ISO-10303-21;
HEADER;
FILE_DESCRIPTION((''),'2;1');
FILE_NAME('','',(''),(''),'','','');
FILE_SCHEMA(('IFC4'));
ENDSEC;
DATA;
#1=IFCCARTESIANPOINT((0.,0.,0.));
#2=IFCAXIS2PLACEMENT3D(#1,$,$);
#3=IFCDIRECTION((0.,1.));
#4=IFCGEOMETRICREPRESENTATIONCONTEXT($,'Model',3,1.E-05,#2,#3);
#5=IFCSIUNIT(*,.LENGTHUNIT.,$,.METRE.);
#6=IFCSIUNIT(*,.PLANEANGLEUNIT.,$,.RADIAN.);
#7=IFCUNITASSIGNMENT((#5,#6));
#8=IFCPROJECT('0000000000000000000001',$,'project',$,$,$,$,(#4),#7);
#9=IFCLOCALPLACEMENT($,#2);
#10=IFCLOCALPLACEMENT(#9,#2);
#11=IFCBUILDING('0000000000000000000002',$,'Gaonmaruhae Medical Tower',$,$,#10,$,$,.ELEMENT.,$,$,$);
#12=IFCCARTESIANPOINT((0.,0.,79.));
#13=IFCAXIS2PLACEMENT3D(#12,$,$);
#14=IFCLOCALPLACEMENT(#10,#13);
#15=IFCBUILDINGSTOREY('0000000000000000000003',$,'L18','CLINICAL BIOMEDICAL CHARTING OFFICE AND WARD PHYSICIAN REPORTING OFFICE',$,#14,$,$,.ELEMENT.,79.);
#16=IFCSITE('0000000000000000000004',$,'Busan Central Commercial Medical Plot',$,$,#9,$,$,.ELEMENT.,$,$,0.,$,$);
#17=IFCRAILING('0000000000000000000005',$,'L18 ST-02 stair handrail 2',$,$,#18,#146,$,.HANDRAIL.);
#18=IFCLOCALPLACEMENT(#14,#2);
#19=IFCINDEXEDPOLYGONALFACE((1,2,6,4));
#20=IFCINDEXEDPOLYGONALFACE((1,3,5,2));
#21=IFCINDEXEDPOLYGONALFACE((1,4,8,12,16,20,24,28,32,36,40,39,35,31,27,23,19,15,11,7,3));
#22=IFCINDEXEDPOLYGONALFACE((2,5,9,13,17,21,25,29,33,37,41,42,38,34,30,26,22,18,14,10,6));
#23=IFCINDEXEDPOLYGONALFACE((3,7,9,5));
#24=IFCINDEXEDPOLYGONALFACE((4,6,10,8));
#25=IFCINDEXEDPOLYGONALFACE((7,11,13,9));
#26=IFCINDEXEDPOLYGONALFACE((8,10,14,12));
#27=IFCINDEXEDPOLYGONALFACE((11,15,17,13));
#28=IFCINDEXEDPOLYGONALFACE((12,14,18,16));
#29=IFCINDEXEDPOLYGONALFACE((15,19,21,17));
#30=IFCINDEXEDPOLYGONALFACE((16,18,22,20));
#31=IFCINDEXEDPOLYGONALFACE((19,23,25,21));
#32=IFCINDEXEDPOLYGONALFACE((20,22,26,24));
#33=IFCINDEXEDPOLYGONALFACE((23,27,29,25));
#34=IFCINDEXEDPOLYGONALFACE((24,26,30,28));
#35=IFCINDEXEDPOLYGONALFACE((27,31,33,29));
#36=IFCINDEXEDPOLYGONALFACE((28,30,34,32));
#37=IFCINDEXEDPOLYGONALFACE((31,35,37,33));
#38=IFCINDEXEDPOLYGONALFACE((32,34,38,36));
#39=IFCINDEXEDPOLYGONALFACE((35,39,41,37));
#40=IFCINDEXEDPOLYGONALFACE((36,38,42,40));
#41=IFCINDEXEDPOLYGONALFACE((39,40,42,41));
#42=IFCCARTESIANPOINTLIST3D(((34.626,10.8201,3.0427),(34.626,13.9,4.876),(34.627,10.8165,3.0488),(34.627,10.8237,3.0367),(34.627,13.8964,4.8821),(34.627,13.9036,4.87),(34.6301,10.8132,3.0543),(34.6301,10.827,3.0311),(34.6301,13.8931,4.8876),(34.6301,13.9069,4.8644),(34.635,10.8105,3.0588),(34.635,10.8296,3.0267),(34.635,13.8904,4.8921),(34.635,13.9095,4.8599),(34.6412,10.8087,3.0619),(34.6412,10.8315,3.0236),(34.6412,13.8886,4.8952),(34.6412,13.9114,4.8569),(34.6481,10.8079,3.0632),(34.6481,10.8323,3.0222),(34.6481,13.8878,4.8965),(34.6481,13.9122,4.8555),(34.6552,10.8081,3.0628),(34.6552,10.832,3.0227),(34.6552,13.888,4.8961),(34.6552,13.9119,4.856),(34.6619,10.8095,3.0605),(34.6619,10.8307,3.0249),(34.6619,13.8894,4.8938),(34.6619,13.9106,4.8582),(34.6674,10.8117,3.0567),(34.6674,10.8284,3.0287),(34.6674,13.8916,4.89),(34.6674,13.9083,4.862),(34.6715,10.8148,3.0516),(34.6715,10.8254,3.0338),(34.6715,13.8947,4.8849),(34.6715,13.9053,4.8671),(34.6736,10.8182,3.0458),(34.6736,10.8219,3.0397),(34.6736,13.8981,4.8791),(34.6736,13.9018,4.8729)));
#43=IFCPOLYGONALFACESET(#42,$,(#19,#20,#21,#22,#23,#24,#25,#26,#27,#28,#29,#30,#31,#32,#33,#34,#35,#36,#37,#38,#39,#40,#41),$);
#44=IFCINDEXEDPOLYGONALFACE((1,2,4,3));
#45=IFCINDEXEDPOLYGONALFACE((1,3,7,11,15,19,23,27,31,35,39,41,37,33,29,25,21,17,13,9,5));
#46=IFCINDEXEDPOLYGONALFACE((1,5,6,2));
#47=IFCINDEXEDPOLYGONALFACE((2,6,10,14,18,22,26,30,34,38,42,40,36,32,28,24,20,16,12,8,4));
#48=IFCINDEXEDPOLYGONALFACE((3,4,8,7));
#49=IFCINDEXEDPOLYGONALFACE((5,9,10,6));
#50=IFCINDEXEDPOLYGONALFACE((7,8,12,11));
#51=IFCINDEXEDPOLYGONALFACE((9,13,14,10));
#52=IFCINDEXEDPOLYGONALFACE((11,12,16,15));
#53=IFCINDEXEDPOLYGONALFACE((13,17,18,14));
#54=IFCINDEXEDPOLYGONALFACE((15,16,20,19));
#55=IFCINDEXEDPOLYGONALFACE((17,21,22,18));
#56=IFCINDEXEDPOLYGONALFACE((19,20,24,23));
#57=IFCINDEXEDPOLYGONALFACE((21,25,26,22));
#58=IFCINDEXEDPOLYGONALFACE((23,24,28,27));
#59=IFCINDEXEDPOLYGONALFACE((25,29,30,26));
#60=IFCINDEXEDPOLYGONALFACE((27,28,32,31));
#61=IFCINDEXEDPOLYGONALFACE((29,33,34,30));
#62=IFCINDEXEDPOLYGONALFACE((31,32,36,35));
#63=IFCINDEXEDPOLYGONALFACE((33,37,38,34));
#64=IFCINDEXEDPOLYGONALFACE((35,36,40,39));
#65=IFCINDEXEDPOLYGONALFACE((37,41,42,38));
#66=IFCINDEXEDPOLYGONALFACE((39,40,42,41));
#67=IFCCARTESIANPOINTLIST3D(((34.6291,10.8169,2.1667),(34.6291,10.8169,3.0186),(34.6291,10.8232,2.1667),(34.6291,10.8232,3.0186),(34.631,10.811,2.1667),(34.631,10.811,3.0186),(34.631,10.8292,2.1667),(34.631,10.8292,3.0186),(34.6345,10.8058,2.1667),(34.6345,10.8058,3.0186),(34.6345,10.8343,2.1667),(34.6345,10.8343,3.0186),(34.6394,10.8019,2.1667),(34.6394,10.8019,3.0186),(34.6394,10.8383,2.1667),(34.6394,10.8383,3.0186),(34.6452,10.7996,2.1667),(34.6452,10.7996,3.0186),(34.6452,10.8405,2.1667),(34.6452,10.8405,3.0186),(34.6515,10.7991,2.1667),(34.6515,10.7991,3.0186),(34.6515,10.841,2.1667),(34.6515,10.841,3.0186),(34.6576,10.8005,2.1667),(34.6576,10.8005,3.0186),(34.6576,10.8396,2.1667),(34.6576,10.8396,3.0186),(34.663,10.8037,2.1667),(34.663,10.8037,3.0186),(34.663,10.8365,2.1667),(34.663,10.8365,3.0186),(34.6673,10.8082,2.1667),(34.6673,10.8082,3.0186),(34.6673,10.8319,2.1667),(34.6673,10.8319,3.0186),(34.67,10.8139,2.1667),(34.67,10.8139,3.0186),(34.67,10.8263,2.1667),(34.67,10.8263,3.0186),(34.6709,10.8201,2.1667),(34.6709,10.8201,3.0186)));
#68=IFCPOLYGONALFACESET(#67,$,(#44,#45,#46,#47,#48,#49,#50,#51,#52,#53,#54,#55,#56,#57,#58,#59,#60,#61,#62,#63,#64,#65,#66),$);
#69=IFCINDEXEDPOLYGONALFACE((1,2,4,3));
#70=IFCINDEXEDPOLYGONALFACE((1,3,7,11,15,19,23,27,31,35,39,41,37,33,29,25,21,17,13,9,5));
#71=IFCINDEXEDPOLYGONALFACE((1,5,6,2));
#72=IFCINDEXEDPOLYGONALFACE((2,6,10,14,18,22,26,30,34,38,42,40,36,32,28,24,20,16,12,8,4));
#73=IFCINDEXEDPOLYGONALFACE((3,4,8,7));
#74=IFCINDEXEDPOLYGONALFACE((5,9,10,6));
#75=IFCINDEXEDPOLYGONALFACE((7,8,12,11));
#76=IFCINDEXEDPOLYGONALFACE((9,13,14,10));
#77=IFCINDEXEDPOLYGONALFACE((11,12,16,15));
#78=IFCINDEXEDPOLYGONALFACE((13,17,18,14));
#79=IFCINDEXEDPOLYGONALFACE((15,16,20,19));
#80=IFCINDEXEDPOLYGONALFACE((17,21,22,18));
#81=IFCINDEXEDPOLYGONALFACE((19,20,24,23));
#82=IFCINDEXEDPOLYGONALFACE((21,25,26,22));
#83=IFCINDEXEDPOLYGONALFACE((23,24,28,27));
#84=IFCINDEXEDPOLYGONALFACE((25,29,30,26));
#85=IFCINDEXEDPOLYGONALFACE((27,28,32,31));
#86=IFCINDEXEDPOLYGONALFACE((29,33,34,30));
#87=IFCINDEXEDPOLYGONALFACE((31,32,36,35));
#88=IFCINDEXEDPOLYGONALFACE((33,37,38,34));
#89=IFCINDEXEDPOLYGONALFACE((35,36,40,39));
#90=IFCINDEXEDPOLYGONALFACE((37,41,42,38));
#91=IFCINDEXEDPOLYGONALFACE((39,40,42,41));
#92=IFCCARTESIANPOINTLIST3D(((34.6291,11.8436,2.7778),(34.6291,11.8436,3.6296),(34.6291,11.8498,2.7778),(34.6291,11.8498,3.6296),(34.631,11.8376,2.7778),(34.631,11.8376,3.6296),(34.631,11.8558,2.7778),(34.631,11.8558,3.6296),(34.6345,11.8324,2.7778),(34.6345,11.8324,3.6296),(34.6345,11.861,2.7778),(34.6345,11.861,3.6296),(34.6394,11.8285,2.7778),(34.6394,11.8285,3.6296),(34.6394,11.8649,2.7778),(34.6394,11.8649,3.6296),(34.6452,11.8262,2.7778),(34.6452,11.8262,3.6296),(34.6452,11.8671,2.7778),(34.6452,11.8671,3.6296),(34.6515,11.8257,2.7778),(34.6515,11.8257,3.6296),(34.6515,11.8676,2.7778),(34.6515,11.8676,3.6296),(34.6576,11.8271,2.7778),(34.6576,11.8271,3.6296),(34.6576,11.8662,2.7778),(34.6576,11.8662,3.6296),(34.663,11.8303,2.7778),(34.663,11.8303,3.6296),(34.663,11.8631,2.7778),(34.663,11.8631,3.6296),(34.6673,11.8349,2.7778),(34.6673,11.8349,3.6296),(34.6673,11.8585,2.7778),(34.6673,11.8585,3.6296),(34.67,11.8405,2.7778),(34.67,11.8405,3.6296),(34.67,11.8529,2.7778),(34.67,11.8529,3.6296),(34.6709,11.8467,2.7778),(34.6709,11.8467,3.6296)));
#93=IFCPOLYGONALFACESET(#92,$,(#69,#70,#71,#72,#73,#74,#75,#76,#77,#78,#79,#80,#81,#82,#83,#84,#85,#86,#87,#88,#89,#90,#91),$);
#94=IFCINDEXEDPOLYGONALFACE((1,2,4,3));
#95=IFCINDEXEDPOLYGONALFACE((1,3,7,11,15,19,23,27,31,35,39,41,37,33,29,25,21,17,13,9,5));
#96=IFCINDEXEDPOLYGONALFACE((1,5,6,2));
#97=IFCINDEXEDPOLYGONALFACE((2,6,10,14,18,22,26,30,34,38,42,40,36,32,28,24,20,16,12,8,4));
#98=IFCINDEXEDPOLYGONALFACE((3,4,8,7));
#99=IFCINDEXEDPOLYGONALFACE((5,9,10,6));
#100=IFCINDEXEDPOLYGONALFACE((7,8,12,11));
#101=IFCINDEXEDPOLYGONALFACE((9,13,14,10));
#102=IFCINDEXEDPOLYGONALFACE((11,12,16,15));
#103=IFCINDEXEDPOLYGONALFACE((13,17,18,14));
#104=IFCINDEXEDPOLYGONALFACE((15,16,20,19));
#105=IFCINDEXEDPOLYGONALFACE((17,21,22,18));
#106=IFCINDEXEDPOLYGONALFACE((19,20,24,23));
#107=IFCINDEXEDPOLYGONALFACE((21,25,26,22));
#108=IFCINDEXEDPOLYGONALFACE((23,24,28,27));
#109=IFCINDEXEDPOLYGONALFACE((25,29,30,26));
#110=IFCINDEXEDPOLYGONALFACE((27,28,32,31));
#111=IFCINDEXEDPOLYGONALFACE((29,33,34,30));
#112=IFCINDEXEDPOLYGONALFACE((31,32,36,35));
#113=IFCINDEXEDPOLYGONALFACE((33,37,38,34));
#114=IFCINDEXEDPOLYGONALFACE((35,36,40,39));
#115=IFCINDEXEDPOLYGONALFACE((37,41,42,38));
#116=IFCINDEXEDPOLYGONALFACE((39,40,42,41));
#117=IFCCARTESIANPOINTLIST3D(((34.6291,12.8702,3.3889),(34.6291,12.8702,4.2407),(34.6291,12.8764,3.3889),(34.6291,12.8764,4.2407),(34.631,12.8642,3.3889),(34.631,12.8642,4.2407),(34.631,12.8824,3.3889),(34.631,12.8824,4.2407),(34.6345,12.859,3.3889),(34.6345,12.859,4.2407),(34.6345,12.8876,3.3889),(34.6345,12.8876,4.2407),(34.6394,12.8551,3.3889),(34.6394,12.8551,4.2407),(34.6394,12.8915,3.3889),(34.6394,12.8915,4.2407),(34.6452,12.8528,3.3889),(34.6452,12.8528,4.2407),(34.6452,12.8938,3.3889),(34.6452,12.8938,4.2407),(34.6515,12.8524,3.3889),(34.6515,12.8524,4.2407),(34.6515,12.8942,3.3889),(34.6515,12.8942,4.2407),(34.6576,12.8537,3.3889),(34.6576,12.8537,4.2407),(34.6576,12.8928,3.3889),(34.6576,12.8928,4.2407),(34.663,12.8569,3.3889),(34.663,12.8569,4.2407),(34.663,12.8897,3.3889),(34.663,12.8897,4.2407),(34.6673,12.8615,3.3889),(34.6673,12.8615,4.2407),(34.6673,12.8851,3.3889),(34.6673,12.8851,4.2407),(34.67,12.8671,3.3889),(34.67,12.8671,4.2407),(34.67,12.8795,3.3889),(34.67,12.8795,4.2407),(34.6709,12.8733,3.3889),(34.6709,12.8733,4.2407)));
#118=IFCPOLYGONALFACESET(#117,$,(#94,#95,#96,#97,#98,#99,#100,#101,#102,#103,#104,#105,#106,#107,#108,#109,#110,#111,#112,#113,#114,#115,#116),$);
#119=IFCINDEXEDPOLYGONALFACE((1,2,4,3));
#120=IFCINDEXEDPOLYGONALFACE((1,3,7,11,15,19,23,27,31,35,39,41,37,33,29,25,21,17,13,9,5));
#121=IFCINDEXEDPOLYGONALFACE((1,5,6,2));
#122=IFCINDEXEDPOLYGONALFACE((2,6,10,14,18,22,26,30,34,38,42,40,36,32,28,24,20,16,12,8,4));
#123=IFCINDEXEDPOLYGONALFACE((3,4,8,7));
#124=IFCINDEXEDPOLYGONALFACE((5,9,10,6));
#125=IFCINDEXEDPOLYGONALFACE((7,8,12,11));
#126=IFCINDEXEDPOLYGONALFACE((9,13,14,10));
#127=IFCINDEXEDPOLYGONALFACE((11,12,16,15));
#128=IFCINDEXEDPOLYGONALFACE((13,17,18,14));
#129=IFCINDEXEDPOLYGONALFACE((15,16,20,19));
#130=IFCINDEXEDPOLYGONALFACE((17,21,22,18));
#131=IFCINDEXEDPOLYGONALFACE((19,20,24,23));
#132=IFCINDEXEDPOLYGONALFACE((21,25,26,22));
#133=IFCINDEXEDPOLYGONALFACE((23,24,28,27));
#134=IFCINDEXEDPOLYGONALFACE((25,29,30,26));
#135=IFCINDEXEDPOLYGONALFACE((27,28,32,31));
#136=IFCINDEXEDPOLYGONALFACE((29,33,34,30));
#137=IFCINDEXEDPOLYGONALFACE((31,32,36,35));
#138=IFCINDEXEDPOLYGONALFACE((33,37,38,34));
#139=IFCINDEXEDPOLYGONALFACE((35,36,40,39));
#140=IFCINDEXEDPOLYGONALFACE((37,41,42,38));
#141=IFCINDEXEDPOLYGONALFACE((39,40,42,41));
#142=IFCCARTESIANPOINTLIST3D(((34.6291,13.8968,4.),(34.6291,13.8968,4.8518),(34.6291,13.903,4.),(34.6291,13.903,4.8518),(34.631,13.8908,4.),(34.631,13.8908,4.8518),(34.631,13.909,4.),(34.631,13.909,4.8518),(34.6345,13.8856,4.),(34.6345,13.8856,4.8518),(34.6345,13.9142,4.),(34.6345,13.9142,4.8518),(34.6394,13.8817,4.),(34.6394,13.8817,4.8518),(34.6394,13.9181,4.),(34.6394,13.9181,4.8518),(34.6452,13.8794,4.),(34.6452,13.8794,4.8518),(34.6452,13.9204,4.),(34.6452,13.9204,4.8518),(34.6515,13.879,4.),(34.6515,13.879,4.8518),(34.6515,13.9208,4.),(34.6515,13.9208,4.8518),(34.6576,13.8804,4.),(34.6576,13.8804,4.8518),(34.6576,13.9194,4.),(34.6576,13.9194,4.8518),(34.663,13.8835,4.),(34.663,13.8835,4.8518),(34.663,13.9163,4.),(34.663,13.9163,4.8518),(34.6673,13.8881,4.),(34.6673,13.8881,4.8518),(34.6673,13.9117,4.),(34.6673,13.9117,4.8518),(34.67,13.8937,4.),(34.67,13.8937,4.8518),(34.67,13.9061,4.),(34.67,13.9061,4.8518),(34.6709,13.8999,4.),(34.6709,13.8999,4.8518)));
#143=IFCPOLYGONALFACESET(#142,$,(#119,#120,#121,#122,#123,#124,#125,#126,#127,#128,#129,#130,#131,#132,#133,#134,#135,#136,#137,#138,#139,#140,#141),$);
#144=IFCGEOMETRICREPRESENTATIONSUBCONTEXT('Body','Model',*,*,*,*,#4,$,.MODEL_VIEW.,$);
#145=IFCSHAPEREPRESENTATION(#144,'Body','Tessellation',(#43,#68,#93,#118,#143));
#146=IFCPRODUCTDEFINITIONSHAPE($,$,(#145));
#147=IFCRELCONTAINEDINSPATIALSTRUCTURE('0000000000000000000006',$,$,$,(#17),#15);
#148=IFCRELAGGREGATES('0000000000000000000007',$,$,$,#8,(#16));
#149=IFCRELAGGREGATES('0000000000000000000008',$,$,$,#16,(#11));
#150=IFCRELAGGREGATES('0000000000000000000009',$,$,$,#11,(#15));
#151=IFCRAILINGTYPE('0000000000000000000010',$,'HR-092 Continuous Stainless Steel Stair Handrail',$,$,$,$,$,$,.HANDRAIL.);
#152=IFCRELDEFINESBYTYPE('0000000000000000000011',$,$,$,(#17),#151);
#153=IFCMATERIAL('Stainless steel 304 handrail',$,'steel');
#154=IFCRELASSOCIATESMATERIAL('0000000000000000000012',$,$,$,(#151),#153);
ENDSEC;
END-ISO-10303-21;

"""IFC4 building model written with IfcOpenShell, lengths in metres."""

from ifc_helpers import new_model, si_unit, direction, frame, origin, origin_2d, place, context, subcontext, project, spatial, circle, extrude, material, type_object, element, save


model = new_model("IFC4")

# Units and contexts
model_context = context("Model", 3, precision=1e-05, world=origin(), true_north=direction((0.0, 1.0)))
body_context = subcontext(model_context, "Body", "Model", "MODEL_VIEW")
ifc_project = project(units=[si_unit("LENGTHUNIT", "METRE"), si_unit("PLANEANGLEUNIT", "RADIAN")], contexts=[model_context])

# Site, building, storey
site_placement = place(None, origin())
site = spatial("IfcSite", under=ifc_project, at=site_placement, Name="Busan Central Commercial Medical Plot", CompositionType="ELEMENT", RefElevation=0.0)
building_placement = place(site_placement, origin())
building = spatial("IfcBuilding", under=site, at=building_placement, Name="Gaonmaruhae Medical Tower", CompositionType="ELEMENT")
storey_placement = place(building_placement, frame((0.0, 0.0, 79.0)))
storey = spatial("IfcBuildingStorey", under=building, at=storey_placement, Name="L18", Description="CLINICAL BIOMEDICAL CHARTING OFFICE AND WARD PHYSICIAN REPORTING OFFICE", CompositionType="ELEMENT", Elevation=79.0)

# Railing
ifc_material_1 = material(Name="Stainless steel 304 handrail", Category="steel")
railing_type_1 = type_object("IfcRailingType", Name="HR-092 Continuous Stainless Steel Stair Handrail", PredefinedType="HANDRAIL", material=ifc_material_1)
railing_1_placement = place(storey_placement, frame((34.6499, 10.8201, 2.1667)))
element("IfcRailing", 1, at=railing_1_placement, inside=storey, type_object=railing_type_1, Name="L18 ST-02 stair handrail 2", PredefinedType="HANDRAIL", context=body_context, shape_type="SweptSolid", body=[
    extrude(circle(Radius=0.0239, at=origin_2d()), frame((0.0, 0.0, 0.876), z_axis=(0.0, 0.859291, 0.511487), x_axis=(-1.0, 0.0, 0.0)), (0.0, 0.0, 1.0), 3.5842),
    extrude(circle(Radius=0.021, at=origin_2d()), origin(), (0.0, 0.0, 1.0), 0.8518),
    extrude(circle(Radius=0.021, at=origin_2d()), frame((0.0, 1.0266, 0.6111)), (0.0, 0.0, 1.0), 0.8518),
    extrude(circle(Radius=0.021, at=origin_2d()), frame((0.0, 2.0532, 1.2222)), (0.0, 0.0, 1.0), 0.8518),
    extrude(circle(Radius=0.021, at=origin_2d()), frame((0.0, 3.0798, 1.8333)), (0.0, 0.0, 1.0), 0.8518),
])

save(model, "model.ifc")
